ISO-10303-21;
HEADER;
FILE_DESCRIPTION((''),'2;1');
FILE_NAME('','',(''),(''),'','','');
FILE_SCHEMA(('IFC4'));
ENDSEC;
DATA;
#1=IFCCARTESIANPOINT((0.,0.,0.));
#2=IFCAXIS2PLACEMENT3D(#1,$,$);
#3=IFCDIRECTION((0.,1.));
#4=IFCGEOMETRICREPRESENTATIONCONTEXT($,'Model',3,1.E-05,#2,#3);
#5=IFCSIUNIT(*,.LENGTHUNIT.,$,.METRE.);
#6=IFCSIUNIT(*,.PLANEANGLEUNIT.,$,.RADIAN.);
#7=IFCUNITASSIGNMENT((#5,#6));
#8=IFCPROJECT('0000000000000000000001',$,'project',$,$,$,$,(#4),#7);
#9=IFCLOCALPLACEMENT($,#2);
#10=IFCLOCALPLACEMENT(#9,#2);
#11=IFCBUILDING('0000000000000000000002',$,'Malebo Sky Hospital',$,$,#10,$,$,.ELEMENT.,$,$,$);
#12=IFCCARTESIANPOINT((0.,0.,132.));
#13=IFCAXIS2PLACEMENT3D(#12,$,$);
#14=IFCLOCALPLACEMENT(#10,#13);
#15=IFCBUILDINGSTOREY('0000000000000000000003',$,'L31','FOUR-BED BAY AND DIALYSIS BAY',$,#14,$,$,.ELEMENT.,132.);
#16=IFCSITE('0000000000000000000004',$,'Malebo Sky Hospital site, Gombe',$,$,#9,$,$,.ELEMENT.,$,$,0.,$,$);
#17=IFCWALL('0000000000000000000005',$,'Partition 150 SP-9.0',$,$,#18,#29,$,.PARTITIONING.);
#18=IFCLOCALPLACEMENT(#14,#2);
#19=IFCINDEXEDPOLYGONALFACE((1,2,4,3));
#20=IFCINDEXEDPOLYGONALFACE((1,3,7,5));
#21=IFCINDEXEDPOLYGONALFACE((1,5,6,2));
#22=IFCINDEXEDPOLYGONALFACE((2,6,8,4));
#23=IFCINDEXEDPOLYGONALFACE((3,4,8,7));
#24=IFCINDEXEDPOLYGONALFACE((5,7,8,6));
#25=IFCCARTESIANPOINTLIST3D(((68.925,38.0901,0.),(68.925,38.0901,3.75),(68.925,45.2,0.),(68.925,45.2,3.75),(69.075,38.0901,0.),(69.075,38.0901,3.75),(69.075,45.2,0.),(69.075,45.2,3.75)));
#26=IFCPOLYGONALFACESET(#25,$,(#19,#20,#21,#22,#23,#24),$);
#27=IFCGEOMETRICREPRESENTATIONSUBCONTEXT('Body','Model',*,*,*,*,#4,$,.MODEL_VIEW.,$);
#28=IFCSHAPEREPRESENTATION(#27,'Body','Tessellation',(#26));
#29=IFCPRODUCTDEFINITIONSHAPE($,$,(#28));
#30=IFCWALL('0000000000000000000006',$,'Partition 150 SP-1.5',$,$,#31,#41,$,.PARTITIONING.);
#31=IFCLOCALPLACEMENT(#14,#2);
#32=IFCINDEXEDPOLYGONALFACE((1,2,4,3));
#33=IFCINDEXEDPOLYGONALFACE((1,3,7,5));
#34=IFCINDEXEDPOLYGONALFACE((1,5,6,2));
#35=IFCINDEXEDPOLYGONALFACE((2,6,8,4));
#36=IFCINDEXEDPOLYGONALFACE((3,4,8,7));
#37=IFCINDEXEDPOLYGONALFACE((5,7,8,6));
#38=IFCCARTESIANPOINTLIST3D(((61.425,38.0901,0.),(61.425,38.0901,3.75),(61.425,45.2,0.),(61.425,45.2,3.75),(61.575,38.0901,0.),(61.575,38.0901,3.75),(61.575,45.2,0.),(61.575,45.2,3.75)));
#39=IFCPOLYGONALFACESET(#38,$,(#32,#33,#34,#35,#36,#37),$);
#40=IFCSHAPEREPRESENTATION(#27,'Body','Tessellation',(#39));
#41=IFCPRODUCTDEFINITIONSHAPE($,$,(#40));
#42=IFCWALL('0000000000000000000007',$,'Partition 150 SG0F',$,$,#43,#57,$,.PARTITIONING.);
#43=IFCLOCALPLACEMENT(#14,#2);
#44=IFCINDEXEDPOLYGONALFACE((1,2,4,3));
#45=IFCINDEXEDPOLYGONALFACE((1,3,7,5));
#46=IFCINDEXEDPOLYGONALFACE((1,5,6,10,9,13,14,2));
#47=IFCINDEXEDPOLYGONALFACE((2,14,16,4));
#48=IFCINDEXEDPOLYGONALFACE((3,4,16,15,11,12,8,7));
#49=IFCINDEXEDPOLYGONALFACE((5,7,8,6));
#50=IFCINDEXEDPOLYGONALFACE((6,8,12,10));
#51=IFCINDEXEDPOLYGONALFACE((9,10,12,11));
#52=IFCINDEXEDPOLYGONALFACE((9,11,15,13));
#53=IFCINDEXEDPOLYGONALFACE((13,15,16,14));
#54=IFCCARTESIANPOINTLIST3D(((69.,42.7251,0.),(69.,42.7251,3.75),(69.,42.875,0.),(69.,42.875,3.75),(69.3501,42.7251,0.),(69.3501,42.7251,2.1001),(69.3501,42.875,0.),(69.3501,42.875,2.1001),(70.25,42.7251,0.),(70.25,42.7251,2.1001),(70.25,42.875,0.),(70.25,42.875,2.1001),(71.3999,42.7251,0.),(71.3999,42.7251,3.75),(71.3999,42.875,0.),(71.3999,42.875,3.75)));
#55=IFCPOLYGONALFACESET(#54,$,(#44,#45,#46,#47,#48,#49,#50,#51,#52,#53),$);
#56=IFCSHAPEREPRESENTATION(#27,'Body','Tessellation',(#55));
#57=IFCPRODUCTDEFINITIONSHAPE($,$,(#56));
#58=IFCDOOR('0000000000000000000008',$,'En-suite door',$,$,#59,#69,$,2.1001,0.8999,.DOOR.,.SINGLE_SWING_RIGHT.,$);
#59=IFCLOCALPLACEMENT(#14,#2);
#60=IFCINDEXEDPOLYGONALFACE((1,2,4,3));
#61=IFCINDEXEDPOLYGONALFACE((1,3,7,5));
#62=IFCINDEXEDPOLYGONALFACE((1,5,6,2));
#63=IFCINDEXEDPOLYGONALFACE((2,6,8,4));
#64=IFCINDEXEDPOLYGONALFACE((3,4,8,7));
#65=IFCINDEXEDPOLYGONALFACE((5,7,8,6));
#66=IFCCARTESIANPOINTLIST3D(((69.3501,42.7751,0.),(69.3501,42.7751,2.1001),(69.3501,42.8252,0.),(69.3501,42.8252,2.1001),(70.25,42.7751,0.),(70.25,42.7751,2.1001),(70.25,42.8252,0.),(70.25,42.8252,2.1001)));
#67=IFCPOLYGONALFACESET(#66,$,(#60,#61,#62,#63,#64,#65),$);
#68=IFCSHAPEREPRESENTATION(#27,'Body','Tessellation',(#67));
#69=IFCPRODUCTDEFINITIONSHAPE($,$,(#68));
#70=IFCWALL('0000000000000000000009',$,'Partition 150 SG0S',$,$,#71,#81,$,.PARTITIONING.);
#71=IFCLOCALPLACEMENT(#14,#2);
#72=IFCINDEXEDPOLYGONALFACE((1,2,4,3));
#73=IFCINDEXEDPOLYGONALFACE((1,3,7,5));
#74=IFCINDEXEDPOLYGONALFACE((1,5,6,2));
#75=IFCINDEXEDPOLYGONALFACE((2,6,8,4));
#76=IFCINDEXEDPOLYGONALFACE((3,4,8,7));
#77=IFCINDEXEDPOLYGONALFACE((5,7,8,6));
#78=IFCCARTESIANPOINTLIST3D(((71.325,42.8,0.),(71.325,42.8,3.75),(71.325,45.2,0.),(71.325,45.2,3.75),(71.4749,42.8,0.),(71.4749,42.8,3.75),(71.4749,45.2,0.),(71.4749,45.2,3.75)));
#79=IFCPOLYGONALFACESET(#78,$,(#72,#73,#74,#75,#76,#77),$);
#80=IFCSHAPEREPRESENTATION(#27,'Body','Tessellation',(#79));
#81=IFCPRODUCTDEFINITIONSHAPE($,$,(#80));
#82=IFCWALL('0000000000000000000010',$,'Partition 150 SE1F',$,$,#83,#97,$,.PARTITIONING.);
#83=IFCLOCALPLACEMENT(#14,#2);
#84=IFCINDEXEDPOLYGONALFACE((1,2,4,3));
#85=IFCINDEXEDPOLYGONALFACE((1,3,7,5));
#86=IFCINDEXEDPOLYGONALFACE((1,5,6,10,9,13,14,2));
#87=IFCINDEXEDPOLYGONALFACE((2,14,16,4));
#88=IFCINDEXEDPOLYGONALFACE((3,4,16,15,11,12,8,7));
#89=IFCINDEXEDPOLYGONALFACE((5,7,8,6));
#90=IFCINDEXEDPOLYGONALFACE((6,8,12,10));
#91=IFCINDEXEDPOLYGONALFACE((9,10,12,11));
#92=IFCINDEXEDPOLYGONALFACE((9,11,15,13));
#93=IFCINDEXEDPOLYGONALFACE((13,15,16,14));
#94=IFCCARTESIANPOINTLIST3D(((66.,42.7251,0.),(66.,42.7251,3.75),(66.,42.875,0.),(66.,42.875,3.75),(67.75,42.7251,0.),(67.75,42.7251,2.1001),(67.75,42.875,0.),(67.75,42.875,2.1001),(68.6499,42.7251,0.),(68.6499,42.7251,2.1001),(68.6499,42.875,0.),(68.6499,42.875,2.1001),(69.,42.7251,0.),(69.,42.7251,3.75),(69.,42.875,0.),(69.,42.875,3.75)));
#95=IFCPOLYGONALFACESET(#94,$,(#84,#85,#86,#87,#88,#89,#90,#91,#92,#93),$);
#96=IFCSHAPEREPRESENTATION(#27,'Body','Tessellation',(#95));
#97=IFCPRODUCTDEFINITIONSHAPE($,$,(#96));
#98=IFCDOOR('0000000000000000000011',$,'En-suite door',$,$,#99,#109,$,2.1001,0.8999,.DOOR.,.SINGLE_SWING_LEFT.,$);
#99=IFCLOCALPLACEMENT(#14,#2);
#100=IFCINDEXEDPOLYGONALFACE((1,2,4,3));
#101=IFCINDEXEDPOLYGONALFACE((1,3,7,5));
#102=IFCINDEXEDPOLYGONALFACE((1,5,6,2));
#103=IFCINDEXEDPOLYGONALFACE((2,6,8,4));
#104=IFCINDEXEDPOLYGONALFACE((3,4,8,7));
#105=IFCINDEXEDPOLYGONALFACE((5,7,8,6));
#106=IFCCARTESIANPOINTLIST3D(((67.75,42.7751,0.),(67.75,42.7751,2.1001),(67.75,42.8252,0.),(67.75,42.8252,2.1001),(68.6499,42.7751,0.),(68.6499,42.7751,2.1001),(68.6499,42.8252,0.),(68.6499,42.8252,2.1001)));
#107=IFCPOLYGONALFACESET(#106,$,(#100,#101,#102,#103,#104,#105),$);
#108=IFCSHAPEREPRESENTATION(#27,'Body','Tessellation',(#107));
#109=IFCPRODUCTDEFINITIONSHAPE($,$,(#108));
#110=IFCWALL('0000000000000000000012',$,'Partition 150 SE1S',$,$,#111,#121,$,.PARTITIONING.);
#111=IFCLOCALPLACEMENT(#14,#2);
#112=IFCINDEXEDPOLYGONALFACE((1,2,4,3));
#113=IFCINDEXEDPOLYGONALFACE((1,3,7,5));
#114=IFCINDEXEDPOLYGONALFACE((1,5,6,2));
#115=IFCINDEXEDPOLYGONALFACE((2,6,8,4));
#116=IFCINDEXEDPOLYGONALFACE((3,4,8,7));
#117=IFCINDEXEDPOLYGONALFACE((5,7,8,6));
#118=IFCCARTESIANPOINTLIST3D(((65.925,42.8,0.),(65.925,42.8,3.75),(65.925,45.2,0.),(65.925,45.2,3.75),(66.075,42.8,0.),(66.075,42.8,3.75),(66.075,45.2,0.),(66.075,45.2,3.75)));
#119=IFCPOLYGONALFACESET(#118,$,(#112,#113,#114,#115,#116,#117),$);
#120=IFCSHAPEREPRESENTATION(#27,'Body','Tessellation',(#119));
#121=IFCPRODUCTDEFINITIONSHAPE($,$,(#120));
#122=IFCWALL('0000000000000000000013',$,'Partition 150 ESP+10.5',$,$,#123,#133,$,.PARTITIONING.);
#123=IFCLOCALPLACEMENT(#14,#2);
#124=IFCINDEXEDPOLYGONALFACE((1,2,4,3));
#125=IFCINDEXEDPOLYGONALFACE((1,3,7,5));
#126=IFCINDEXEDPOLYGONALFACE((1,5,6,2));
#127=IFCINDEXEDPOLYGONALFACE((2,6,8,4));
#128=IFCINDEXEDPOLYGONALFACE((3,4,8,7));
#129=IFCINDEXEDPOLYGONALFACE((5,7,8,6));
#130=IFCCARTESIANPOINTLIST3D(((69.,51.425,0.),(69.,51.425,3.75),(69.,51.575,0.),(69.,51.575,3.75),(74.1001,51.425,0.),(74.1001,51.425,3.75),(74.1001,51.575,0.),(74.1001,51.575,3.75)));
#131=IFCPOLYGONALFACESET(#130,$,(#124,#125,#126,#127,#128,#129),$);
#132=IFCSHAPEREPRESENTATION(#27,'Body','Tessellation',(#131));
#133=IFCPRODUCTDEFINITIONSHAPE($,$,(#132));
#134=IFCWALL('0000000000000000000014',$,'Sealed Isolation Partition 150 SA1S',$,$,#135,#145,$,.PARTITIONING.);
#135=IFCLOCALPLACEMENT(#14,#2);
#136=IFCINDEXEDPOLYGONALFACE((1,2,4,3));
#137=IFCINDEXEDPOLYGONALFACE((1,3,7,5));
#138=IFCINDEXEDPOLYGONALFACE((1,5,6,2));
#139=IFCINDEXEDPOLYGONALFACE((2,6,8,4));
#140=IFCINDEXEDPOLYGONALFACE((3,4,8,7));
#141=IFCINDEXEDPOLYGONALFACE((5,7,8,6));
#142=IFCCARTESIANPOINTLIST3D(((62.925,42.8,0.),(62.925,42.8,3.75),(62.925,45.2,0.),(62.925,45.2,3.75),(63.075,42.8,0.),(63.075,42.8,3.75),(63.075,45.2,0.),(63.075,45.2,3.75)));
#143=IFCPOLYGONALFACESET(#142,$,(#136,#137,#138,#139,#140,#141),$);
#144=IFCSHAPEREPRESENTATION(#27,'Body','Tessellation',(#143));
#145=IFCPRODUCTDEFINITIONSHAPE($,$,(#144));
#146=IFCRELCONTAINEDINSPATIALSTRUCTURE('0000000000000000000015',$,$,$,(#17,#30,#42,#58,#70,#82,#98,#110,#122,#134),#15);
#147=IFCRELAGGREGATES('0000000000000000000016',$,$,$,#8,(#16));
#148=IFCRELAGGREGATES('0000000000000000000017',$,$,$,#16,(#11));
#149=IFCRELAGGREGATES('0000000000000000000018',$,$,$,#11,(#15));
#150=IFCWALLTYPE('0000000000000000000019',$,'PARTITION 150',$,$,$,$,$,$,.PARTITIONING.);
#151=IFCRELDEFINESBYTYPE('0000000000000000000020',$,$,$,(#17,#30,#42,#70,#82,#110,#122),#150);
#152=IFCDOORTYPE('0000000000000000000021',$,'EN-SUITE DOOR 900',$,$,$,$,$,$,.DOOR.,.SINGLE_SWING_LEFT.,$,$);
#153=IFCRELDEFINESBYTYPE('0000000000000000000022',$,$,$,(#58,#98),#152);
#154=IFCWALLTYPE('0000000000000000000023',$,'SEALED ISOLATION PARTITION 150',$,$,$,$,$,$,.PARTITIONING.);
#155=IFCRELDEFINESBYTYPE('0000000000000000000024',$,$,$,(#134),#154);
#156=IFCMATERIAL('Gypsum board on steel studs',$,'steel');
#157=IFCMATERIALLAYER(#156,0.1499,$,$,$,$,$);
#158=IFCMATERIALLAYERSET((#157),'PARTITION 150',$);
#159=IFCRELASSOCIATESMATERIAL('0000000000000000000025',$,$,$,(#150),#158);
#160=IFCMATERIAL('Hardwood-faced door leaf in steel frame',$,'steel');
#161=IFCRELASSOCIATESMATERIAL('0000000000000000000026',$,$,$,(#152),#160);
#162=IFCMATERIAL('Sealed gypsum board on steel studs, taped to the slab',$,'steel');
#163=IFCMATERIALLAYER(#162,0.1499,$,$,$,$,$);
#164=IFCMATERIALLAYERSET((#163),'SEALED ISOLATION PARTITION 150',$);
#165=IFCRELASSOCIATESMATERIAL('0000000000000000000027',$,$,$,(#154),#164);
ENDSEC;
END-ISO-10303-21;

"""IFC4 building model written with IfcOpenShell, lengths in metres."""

from ifc_helpers import new_model, si_unit, direction, frame, frame_2d, origin, place, context, subcontext, project, spatial, rectangle, extrude, material, layer, layer_set, type_object, element, fill, save


model = new_model("IFC4")

# Units and contexts
model_context = context("Model", 3, precision=1e-05, world=origin(), true_north=direction((0.0, 1.0)))
body_context = subcontext(model_context, "Body", "Model", "MODEL_VIEW")
ifc_project = project(units=[si_unit("LENGTHUNIT", "METRE"), si_unit("PLANEANGLEUNIT", "RADIAN")], contexts=[model_context])

# Site, building, storey
site_placement = place(None, origin())
site = spatial("IfcSite", under=ifc_project, at=site_placement, Name="Malebo Sky Hospital site, Gombe", CompositionType="ELEMENT", RefElevation=0.0)
building_placement = place(site_placement, origin())
building = spatial("IfcBuilding", under=site, at=building_placement, Name="Malebo Sky Hospital", CompositionType="ELEMENT")
storey_placement = place(building_placement, frame((0.0, 0.0, 132.0)))
storey = spatial("IfcBuildingStorey", under=building, at=storey_placement, Name="L31", Description="FOUR-BED BAY AND DIALYSIS BAY", CompositionType="ELEMENT", Elevation=132.0)

# Walls
ifc_material_1 = material(Name="Gypsum board on steel studs", Category="steel")
ifc_layer_1 = layer(ifc_material_1, 0.1499)
ifc_layer_set_1 = layer_set([ifc_layer_1], Name="PARTITION 150")
wall_type_1 = type_object("IfcWallType", Name="PARTITION 150", PredefinedType="PARTITIONING", material=ifc_layer_set_1)
for number, where, z_axis, x_axis, name in (
    (1, (69.0, 45.2, 0.0), (0.0, 0.0, 1.0), (0.0, -1.0, 0.0), "Partition 150 SP-9.0"),
    (2, (61.5, 45.2, 0.0), (0.0, 0.0, 1.0), (0.0, -1.0, 0.0), "Partition 150 SP-1.5"),
):
    element("IfcWall", number, at=place(storey_placement, frame(where, z_axis=z_axis, x_axis=x_axis)), inside=storey, type_object=wall_type_1, Name=name, PredefinedType="PARTITIONING", context=body_context, shape_type="SweptSolid", body=[
        extrude(rectangle(XDim=7.1099, YDim=0.1499, at=frame_2d((3.5549, 0.0))), origin(), (0.0, 0.0, 1.0), 3.75),
    ])

# Wall, opening, door
wall_1_placement = place(storey_placement, frame((71.3999, 42.8, 0.0), z_axis=(0.0, 0.0, 1.0), x_axis=(-1.0, 0.0, 0.0)))
wall_1 = element("IfcWall", 3, at=wall_1_placement, inside=storey, type_object=wall_type_1, Name="Partition 150 SG0F", PredefinedType="PARTITIONING", context=body_context, shape_type="SweptSolid", body=[
    extrude(rectangle(XDim=2.3999, YDim=0.1499, at=frame_2d((1.2, 0.0))), origin(), (0.0, 0.0, 1.0), 3.75),
])
opening_1_placement = place(wall_1_placement, frame((1.1499, 0.0, 0.0)))
opening_1 = element("IfcOpeningElement", 4, at=opening_1_placement, cuts=wall_1, PredefinedType="OPENING", context=body_context, shape_type="SweptSolid", body=[
    extrude(rectangle(XDim=0.8999, YDim=2.1001, at=frame_2d((0.45, 1.05))), frame((0.0, 0.085, 0.0), z_axis=(0.0, -1.0, 0.0), x_axis=(1.0, 0.0, 0.0)), (0.0, 0.0, 1.0), 0.1699),
])
ifc_material_2 = material(Name="Hardwood-faced door leaf in steel frame", Category="steel")
door_type = type_object("IfcDoorType", Name="EN-SUITE DOOR 900", OperationType="SINGLE_SWING_LEFT", PredefinedType="DOOR", material=ifc_material_2)
door_1_placement = place(opening_1_placement, origin())
door_1 = element("IfcDoor", 5, at=door_1_placement, inside=storey, type_object=door_type, Name="En-suite door", OperationType="SINGLE_SWING_RIGHT", OverallHeight=2.1001, OverallWidth=0.8999, PredefinedType="DOOR", context=body_context, shape_type="SweptSolid", body=[
    extrude(rectangle(XDim=0.8999, YDim=2.1001, at=frame_2d((0.45, 1.05))), frame((0.0, 0.0249, 0.0), z_axis=(0.0, -1.0, 0.0), x_axis=(1.0, 0.0, 0.0)), (0.0, 0.0, 1.0), 0.05),
])
fill(opening_1, door_1)

# Wall
wall_2_placement = place(storey_placement, frame((71.3999, 45.2, 0.0), z_axis=(0.0, 0.0, 1.0), x_axis=(0.0, -1.0, 0.0)))
element("IfcWall", 6, at=wall_2_placement, inside=storey, type_object=wall_type_1, Name="Partition 150 SG0S", PredefinedType="PARTITIONING", context=body_context, shape_type="SweptSolid", body=[
    extrude(rectangle(XDim=2.3999, YDim=0.1499, at=frame_2d((1.2, 0.0))), origin(), (0.0, 0.0, 1.0), 3.75),
])

# Wall, opening, door
wall_3_placement = place(storey_placement, frame((69.0, 42.8, 0.0), z_axis=(0.0, 0.0, 1.0), x_axis=(-1.0, 0.0, 0.0)))
wall_3 = element("IfcWall", 7, at=wall_3_placement, inside=storey, type_object=wall_type_1, Name="Partition 150 SE1F", PredefinedType="PARTITIONING", context=body_context, shape_type="SweptSolid", body=[
    extrude(rectangle(XDim=3.0, YDim=0.1499, at=frame_2d((1.5, 0.0))), origin(), (0.0, 0.0, 1.0), 3.75),
])
opening_2_placement = place(wall_3_placement, frame((0.3501, 0.0, 0.0)))
opening_2 = element("IfcOpeningElement", 8, at=opening_2_placement, cuts=wall_3, PredefinedType="OPENING", context=body_context, shape_type="SweptSolid", body=[
    extrude(rectangle(XDim=0.8999, YDim=2.1001, at=frame_2d((0.45, 1.05))), frame((0.0, 0.085, 0.0), z_axis=(0.0, -1.0, 0.0), x_axis=(1.0, 0.0, 0.0)), (0.0, 0.0, 1.0), 0.1699),
])
door_2_placement = place(opening_2_placement, origin())
door_2 = element("IfcDoor", 9, at=door_2_placement, inside=storey, type_object=door_type, Name="En-suite door", OperationType="SINGLE_SWING_LEFT", OverallHeight=2.1001, OverallWidth=0.8999, PredefinedType="DOOR", context=body_context, shape_type="SweptSolid", body=[
    extrude(rectangle(XDim=0.8999, YDim=2.1001, at=frame_2d((0.45, 1.05))), frame((0.0, 0.0249, 0.0), z_axis=(0.0, -1.0, 0.0), x_axis=(1.0, 0.0, 0.0)), (0.0, 0.0, 1.0), 0.05),
])
fill(opening_2, door_2)

# Walls
wall_4_placement = place(storey_placement, frame((66.0, 45.2, 0.0), z_axis=(0.0, 0.0, 1.0), x_axis=(0.0, -1.0, 0.0)))
element("IfcWall", 10, at=wall_4_placement, inside=storey, type_object=wall_type_1, Name="Partition 150 SE1S", PredefinedType="PARTITIONING", context=body_context, shape_type="SweptSolid", body=[
    extrude(rectangle(XDim=2.3999, YDim=0.1499, at=frame_2d((1.2, 0.0))), origin(), (0.0, 0.0, 1.0), 3.75),
])
wall_5_placement = place(storey_placement, frame((69.0, 51.5, 0.0), z_axis=(0.0, 0.0, 1.0), x_axis=(1.0, 0.0, 0.0)))
element("IfcWall", 11, at=wall_5_placement, inside=storey, type_object=wall_type_1, Name="Partition 150 ESP+10.5", PredefinedType="PARTITIONING", context=body_context, shape_type="SweptSolid", body=[
    extrude(rectangle(XDim=5.1001, YDim=0.1499, at=frame_2d((2.55, 0.0))), origin(), (0.0, 0.0, 1.0), 3.75),
])
ifc_material_3 = material(Name="Sealed gypsum board on steel studs, taped to the slab", Category="steel")
ifc_layer_2 = layer(ifc_material_3, 0.1499)
ifc_layer_set_2 = layer_set([ifc_layer_2], Name="SEALED ISOLATION PARTITION 150")
wall_type_2 = type_object("IfcWallType", Name="SEALED ISOLATION PARTITION 150", PredefinedType="PARTITIONING", material=ifc_layer_set_2)
wall_6_placement = place(storey_placement, frame((63.0, 45.2, 0.0), z_axis=(0.0, 0.0, 1.0), x_axis=(0.0, -1.0, 0.0)))
element("IfcWall", 12, at=wall_6_placement, inside=storey, type_object=wall_type_2, Name="Sealed Isolation Partition 150 SA1S", PredefinedType="PARTITIONING", context=body_context, shape_type="SweptSolid", body=[
    extrude(rectangle(XDim=2.3999, YDim=0.1499, at=frame_2d((1.2, 0.0))), origin(), (0.0, 0.0, 1.0), 3.75),
])

save(model, "model.ifc")
